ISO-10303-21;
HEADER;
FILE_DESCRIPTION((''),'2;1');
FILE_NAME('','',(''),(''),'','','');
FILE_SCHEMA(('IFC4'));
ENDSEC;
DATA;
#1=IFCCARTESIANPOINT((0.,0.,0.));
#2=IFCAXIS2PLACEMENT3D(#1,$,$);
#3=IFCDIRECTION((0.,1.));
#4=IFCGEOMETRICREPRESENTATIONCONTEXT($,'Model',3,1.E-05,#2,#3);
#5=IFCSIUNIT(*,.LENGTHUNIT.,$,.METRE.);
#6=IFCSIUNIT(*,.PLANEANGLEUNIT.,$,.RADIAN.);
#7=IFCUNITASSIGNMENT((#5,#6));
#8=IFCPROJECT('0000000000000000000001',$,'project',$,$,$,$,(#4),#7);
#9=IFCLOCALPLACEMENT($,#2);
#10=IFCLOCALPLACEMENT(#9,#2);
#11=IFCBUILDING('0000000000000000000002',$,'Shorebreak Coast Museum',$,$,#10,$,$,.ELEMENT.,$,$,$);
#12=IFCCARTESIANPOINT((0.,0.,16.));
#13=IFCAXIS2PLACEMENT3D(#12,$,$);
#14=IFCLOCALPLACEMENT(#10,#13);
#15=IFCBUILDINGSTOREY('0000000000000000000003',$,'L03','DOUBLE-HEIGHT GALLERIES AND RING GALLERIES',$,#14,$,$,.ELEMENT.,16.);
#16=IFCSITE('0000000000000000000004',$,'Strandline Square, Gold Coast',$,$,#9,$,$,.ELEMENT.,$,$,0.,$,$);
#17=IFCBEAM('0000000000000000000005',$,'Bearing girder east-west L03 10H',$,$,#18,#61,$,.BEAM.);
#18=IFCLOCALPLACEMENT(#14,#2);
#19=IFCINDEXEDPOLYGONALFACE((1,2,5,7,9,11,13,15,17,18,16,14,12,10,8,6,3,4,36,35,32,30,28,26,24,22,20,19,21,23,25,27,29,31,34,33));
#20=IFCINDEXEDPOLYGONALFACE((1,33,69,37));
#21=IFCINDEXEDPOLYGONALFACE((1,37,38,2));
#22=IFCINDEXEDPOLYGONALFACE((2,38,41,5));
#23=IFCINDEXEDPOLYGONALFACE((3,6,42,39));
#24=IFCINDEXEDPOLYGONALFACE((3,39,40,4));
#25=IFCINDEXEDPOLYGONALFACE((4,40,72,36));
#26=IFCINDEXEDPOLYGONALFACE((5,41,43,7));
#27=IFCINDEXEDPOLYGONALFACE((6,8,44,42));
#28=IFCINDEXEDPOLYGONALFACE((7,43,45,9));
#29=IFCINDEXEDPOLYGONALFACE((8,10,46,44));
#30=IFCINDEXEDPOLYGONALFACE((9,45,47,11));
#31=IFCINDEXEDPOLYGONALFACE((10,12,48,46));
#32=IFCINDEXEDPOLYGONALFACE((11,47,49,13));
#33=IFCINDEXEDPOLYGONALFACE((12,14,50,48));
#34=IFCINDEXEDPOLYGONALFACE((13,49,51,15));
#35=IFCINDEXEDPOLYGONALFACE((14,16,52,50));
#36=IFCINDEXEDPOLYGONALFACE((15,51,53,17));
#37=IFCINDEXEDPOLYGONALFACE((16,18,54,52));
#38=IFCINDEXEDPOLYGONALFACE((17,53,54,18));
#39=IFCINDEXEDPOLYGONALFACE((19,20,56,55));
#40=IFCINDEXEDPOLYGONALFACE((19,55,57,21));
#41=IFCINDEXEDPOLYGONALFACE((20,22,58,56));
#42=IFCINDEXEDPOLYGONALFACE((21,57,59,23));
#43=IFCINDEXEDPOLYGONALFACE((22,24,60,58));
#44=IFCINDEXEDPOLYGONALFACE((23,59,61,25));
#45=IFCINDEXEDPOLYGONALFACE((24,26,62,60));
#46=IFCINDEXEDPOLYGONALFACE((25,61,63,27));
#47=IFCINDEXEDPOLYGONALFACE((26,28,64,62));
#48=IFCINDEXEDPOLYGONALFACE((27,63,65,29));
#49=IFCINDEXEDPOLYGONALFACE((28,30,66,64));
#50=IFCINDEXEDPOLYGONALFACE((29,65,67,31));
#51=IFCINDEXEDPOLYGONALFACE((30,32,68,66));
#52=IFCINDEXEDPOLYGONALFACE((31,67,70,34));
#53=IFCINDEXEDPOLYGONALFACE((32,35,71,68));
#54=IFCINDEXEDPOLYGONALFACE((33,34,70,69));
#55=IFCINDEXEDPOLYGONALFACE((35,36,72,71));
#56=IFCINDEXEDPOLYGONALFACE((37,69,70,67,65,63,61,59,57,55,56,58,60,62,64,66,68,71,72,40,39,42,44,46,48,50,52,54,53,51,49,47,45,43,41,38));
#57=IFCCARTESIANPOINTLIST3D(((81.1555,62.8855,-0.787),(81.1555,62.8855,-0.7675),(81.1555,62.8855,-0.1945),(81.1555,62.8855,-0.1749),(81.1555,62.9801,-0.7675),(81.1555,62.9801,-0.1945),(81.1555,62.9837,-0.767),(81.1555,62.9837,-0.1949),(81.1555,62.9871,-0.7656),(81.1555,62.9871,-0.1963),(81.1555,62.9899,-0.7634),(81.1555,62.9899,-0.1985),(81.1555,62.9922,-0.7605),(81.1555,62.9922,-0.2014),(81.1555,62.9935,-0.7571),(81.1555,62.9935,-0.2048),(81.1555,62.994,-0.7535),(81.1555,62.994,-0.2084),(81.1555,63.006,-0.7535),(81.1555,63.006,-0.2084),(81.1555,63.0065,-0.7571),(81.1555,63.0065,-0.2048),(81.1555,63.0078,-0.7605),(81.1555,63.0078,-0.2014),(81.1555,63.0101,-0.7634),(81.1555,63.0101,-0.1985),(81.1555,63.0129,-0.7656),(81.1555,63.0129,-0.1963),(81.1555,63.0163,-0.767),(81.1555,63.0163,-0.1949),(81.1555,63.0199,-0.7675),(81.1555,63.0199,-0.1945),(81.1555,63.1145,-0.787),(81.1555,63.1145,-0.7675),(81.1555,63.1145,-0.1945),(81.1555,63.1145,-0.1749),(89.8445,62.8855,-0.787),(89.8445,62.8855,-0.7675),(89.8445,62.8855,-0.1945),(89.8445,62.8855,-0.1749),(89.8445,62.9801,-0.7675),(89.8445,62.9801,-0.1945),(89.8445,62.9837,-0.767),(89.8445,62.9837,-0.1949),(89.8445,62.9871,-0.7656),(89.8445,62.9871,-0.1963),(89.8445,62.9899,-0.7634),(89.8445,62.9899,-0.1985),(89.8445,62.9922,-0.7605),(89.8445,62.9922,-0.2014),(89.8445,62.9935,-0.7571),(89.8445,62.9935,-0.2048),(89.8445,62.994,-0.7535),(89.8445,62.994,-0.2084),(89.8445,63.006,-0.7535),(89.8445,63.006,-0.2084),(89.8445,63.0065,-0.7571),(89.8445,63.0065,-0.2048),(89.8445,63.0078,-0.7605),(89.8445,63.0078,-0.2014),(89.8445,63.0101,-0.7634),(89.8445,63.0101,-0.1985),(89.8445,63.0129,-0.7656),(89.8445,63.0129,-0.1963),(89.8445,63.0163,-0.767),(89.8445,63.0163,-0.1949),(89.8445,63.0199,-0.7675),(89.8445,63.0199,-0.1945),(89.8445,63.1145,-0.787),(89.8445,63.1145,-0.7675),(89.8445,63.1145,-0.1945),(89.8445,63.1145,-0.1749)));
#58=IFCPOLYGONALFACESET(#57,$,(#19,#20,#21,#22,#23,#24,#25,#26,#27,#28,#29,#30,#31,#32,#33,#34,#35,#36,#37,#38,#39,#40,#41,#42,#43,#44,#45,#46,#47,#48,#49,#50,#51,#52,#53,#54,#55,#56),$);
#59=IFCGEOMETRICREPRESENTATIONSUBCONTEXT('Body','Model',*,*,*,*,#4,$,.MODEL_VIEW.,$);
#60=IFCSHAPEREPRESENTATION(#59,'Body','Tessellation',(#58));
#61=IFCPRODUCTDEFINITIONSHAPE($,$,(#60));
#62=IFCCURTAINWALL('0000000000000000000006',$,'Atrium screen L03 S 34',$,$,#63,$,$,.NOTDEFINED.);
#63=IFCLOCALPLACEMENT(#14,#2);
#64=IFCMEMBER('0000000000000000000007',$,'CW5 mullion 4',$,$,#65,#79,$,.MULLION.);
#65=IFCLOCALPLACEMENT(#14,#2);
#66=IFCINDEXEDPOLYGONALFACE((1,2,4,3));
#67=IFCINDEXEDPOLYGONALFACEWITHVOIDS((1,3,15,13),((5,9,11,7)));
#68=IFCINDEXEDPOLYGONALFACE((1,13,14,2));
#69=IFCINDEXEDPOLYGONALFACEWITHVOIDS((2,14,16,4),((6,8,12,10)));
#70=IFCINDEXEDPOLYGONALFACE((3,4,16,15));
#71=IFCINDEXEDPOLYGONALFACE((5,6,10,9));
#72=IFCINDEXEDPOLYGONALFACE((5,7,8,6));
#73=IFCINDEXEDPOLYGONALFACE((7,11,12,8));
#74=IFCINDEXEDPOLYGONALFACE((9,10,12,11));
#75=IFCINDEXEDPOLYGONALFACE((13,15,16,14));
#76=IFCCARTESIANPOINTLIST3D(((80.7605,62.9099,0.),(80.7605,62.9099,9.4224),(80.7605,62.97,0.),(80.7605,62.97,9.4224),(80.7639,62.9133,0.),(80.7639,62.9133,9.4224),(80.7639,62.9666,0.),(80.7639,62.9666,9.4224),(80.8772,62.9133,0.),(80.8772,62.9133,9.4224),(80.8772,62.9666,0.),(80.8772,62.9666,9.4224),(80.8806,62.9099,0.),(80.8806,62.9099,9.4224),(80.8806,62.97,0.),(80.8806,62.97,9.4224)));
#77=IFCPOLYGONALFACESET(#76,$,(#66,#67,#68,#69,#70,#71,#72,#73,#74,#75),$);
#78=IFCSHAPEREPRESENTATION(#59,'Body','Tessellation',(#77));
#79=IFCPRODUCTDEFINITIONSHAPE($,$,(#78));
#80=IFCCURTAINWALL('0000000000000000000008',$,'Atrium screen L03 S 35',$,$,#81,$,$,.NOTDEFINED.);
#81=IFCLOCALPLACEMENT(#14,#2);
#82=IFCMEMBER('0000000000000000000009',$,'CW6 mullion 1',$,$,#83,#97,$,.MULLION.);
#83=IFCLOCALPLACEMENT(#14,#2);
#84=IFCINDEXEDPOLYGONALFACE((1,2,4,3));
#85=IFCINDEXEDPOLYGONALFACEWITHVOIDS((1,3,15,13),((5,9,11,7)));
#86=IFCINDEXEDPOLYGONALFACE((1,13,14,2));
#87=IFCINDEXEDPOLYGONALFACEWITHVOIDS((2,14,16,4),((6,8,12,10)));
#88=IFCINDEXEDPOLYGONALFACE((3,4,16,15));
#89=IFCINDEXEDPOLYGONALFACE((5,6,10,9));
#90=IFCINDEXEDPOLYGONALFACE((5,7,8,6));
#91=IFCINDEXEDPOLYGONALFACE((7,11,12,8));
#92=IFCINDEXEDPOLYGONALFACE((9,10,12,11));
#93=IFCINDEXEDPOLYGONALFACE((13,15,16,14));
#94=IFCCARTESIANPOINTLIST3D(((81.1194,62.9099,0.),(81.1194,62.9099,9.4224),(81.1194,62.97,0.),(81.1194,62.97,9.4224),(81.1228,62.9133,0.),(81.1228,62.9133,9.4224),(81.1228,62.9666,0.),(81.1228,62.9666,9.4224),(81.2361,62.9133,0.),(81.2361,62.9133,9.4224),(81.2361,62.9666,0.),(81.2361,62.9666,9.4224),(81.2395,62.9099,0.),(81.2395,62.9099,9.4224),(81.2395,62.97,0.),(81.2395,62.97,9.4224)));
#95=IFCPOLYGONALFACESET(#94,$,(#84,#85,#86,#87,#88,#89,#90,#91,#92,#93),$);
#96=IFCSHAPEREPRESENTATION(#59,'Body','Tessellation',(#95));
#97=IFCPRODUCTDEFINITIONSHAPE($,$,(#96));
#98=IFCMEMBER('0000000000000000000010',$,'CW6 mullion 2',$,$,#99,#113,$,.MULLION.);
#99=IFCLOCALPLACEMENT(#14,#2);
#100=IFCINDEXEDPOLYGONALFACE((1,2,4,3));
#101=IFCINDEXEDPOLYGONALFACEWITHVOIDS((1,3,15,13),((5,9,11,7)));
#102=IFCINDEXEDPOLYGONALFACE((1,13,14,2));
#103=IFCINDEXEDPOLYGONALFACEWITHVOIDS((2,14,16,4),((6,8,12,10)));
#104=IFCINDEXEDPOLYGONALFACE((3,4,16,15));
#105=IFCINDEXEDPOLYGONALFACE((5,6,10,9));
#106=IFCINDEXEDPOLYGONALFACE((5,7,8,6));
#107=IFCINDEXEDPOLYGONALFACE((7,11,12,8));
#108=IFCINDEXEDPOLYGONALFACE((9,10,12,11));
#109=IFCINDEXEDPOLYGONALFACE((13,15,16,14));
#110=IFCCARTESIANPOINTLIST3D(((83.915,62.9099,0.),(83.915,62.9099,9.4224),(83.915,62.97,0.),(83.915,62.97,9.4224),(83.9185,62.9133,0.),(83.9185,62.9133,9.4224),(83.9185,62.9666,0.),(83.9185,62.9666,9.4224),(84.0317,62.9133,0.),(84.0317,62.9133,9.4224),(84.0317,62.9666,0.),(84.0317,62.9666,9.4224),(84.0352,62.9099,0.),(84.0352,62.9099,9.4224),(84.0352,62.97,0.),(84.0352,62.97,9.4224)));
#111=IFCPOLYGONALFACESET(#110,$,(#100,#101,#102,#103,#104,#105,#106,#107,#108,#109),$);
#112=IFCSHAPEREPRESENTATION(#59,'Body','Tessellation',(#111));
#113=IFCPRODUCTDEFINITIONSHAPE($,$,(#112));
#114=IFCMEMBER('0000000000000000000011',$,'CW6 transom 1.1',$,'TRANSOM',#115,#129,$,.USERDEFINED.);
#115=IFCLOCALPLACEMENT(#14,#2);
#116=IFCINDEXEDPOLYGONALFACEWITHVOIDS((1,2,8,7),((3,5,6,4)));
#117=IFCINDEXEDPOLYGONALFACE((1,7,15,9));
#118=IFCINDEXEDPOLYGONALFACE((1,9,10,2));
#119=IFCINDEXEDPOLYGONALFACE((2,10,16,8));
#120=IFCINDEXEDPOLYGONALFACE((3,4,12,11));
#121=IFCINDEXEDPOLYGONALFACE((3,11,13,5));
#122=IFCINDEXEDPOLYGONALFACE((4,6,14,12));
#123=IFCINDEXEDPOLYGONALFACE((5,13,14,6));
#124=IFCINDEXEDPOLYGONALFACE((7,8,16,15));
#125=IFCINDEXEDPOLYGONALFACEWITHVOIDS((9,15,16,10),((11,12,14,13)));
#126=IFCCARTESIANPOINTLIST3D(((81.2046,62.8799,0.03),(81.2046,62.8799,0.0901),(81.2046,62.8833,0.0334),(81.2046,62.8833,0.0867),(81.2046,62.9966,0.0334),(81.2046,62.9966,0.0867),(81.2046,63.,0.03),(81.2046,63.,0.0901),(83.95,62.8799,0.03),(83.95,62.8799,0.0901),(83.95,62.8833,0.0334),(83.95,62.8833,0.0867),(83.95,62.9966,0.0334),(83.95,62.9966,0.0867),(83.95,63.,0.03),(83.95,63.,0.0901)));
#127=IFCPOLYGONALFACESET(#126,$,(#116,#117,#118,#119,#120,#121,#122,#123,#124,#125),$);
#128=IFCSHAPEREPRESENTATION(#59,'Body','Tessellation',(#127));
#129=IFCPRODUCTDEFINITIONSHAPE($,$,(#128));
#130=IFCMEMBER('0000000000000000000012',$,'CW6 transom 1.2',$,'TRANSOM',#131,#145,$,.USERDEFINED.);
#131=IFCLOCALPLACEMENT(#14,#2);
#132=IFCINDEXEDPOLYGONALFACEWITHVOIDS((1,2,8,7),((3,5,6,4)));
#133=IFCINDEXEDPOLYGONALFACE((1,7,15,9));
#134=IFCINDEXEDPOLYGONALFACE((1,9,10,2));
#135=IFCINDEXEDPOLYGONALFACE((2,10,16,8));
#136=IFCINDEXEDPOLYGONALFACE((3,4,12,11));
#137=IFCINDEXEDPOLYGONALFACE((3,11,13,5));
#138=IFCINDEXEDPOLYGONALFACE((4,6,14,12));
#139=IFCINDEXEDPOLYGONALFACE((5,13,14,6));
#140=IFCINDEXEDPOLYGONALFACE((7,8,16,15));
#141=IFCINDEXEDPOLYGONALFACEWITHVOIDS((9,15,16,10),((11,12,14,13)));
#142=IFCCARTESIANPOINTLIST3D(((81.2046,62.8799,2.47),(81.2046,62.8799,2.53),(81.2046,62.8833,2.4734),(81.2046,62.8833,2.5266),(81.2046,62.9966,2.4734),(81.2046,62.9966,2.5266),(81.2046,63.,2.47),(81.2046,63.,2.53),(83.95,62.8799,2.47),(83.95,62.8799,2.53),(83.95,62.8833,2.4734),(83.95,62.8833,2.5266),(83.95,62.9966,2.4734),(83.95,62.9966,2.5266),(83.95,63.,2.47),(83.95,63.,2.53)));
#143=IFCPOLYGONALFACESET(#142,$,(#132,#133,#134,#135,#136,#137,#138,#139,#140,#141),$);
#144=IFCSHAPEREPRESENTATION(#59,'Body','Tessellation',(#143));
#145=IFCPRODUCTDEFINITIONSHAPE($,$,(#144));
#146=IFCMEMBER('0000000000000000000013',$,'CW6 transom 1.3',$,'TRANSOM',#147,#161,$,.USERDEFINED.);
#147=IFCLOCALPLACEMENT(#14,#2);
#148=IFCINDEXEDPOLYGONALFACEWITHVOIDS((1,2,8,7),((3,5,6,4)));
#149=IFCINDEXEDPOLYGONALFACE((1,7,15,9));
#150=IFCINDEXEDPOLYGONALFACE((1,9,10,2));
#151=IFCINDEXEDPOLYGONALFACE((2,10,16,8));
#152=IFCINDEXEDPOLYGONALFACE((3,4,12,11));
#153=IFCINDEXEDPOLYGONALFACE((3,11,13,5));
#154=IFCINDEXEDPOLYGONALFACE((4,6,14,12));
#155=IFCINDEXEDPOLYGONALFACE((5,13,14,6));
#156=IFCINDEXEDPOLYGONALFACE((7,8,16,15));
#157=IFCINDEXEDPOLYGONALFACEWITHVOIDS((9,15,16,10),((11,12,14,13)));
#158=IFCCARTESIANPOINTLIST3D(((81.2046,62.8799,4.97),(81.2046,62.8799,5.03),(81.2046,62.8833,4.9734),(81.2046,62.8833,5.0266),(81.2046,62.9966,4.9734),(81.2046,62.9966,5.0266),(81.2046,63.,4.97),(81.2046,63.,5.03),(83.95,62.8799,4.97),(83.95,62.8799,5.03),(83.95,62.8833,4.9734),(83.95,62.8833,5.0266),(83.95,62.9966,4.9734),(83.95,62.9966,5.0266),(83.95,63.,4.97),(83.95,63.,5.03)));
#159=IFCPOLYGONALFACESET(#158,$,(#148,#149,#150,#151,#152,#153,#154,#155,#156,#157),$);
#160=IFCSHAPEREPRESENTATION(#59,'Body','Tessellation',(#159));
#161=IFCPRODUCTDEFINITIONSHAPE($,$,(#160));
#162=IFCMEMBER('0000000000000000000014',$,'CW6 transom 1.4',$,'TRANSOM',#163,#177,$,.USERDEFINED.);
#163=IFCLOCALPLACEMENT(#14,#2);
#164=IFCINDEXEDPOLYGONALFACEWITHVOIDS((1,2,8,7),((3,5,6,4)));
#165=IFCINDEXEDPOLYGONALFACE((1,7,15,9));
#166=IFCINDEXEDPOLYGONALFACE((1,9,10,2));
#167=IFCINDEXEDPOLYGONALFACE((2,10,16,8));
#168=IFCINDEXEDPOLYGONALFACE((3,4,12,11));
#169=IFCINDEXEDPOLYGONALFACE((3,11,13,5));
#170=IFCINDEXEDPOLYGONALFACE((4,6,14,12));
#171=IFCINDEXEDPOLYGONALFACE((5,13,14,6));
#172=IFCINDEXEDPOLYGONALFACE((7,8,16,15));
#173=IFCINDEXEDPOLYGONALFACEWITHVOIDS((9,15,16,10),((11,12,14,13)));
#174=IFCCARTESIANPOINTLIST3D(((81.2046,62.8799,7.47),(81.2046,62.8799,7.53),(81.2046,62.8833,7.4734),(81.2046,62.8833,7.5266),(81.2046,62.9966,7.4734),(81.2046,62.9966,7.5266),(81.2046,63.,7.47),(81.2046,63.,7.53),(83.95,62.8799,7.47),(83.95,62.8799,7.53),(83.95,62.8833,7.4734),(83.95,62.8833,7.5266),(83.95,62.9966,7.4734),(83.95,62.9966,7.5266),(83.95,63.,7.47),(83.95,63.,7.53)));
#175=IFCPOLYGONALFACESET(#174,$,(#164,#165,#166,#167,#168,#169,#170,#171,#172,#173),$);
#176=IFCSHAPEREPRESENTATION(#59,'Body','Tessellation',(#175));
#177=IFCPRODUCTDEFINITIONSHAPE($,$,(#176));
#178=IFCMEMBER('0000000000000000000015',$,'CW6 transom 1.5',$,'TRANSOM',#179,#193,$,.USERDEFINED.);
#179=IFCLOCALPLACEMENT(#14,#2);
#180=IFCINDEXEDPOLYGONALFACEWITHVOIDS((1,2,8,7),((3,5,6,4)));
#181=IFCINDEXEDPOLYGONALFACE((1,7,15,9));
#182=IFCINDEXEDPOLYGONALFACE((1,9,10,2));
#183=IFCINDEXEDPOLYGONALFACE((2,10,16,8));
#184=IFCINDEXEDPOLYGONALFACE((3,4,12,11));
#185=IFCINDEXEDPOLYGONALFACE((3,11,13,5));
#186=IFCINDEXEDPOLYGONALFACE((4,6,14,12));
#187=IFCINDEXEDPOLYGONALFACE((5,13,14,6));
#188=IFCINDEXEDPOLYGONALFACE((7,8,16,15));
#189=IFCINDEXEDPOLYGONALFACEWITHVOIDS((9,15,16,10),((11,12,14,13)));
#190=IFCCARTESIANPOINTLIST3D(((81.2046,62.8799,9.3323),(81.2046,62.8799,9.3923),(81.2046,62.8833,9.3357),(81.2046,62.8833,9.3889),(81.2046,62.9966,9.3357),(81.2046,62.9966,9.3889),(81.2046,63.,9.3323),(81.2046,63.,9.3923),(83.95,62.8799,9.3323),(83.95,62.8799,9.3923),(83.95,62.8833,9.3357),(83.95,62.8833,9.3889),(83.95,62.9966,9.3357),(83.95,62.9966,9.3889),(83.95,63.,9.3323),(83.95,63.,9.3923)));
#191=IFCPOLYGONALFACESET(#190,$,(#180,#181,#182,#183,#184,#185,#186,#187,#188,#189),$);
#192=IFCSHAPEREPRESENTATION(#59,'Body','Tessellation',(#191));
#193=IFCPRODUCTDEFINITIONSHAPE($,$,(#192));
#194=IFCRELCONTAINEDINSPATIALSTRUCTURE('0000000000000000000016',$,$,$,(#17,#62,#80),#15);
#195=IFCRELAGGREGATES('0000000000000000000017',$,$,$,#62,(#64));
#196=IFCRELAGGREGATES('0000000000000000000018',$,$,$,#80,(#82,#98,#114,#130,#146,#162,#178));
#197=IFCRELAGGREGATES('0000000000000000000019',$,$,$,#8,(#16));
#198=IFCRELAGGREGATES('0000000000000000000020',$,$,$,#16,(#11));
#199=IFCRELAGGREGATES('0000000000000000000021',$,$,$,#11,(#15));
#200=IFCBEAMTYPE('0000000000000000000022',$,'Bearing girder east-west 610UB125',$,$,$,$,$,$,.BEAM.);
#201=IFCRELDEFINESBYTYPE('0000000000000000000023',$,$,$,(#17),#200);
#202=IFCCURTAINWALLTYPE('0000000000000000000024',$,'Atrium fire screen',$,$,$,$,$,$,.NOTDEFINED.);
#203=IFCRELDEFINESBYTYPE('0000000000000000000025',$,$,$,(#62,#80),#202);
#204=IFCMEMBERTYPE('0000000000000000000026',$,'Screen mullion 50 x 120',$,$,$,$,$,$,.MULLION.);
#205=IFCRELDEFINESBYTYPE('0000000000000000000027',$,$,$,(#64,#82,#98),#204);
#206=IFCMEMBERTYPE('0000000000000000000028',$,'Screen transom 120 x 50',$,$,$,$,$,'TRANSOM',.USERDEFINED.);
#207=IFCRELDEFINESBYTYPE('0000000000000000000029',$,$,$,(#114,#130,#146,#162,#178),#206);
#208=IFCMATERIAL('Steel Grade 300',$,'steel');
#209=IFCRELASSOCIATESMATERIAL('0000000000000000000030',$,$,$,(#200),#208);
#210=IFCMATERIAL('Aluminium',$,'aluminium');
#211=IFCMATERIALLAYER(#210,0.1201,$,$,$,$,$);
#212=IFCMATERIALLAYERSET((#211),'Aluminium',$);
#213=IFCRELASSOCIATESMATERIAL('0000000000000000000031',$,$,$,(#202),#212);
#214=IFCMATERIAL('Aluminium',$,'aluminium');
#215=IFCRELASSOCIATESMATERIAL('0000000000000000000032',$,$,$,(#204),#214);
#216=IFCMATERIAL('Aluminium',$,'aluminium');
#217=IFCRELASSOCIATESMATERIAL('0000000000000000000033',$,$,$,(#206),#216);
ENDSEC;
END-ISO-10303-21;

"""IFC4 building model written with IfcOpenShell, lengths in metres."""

from ifc_helpers import new_model, si_unit, direction, frame, origin, origin_2d, place, context, subcontext, project, spatial, hollow_rectangle, i_section, extrude, material, layer, layer_set, material_profile, profile_set, type_object, element, aggregate, save


model = new_model("IFC4")

# Units and contexts
model_context = context("Model", 3, precision=1e-05, world=origin(), true_north=direction((0.0, 1.0)))
body_context = subcontext(model_context, "Body", "Model", "MODEL_VIEW")
ifc_project = project(units=[si_unit("LENGTHUNIT", "METRE"), si_unit("PLANEANGLEUNIT", "RADIAN")], contexts=[model_context])

# Site, building, storey
site_placement = place(None, origin())
site = spatial("IfcSite", under=ifc_project, at=site_placement, Name="Strandline Square, Gold Coast", CompositionType="ELEMENT", RefElevation=0.0)
building_placement = place(site_placement, origin())
building = spatial("IfcBuilding", under=site, at=building_placement, Name="Shorebreak Coast Museum", CompositionType="ELEMENT")
storey_placement = place(building_placement, frame((0.0, 0.0, 16.0)))
storey = spatial("IfcBuildingStorey", under=building, at=storey_placement, Name="L03", Description="DOUBLE-HEIGHT GALLERIES AND RING GALLERIES", CompositionType="ELEMENT", Elevation=16.0)

# Beam
ifc_material_1 = material(Name="Steel Grade 300", Category="steel")
ifc_material_profile_1 = material_profile(ifc_material_1, i_section(OverallWidth=0.229, OverallDepth=0.6121, WebThickness=0.012, FlangeThickness=0.0195, FilletRadius=0.0139, at=origin_2d()), Name="610UB125")
ifc_profile_set_1 = profile_set([ifc_material_profile_1], Name="Steel Grade 300")
beam_type_1 = type_object("IfcBeamType", Name="Bearing girder east-west 610UB125", PredefinedType="BEAM", material=ifc_profile_set_1)
beam_placement = place(storey_placement, frame((81.1555, 63.0, -0.481), z_axis=(1.0, 0.0, 0.0), x_axis=(0.0, 1.0, 0.0)))
element("IfcBeam", 1, at=beam_placement, inside=storey, type_object=beam_type_1, Name="Bearing girder east-west L03 10H", PredefinedType="BEAM", context=body_context, shape_type="SweptSolid", body=[
    extrude(i_section(OverallWidth=0.229, OverallDepth=0.6121, WebThickness=0.012, FlangeThickness=0.0195, FilletRadius=0.0139, at=origin_2d()), origin(), (0.0, 0.0, 1.0), 8.689),
])

# Curtain wall, member
ifc_material_2 = material(Name="Aluminium", Category="aluminium")
ifc_layer_1 = layer(ifc_material_2, 0.1201)
ifc_layer_set_1 = layer_set([ifc_layer_1], Name="Aluminium")
curtain_wall_type = type_object("IfcCurtainWallType", Name="Atrium fire screen", PredefinedType="NOTDEFINED", material=ifc_layer_set_1)
curtain_wall_1_placement = place(storey_placement, origin())
curtain_wall_1 = element("IfcCurtainWall", 2, at=curtain_wall_1_placement, inside=storey, type_object=curtain_wall_type, Name="Atrium screen L03 S 34", PredefinedType="NOTDEFINED")
ifc_material_3 = material(Name="Aluminium", Category="aluminium")
ifc_material_profile_2 = material_profile(ifc_material_3, hollow_rectangle(XDim=0.0601, YDim=0.1201, WallThickness=0.0034, at=origin_2d()), Name="AL 120x60 RHS")
ifc_profile_set_2 = profile_set([ifc_material_profile_2], Name="Aluminium")
member_type_1 = type_object("IfcMemberType", Name="Screen mullion 50 x 120", PredefinedType="MULLION", material=ifc_profile_set_2)
member_1_placement = place(storey_placement, frame((80.8206, 62.9399, 0.0), z_axis=(0.0, 0.0, 1.0), x_axis=(0.0, 1.0, 0.0)))
member_1 = element("IfcMember", 3, at=member_1_placement, type_object=member_type_1, Name="CW5 mullion 4", PredefinedType="MULLION", context=body_context, shape_type="SweptSolid", body=[
    extrude(hollow_rectangle(XDim=0.0601, YDim=0.1201, WallThickness=0.0034, at=origin_2d()), origin(), (0.0, 0.0, 1.0), 9.4224),
])

# Curtain wall, members
curtain_wall_2_placement = place(storey_placement, origin())
curtain_wall_2 = element("IfcCurtainWall", 4, at=curtain_wall_2_placement, inside=storey, type_object=curtain_wall_type, Name="Atrium screen L03 S 35", PredefinedType="NOTDEFINED")
member_2_placement = place(storey_placement, frame((81.1794, 62.9399, 0.0), z_axis=(0.0, 0.0, 1.0), x_axis=(0.0, 1.0, 0.0)))
member_2 = element("IfcMember", 5, at=member_2_placement, type_object=member_type_1, Name="CW6 mullion 1", PredefinedType="MULLION", context=body_context, shape_type="SweptSolid", body=[
    extrude(hollow_rectangle(XDim=0.0601, YDim=0.1201, WallThickness=0.0034, at=origin_2d()), origin(), (0.0, 0.0, 1.0), 9.4224),
])
member_3_placement = place(storey_placement, frame((83.9751, 62.9399, 0.0), z_axis=(0.0, 0.0, 1.0), x_axis=(0.0, 1.0, 0.0)))
member_3 = element("IfcMember", 6, at=member_3_placement, type_object=member_type_1, Name="CW6 mullion 2", PredefinedType="MULLION", context=body_context, shape_type="SweptSolid", body=[
    extrude(hollow_rectangle(XDim=0.0601, YDim=0.1201, WallThickness=0.0034, at=origin_2d()), origin(), (0.0, 0.0, 1.0), 9.4224),
])
ifc_material_4 = material(Name="Aluminium", Category="aluminium")
ifc_material_profile_3 = material_profile(ifc_material_4, hollow_rectangle(XDim=0.1201, YDim=0.0601, WallThickness=0.0034, at=origin_2d()), Name="AL 60x120 RHS")
ifc_profile_set_3 = profile_set([ifc_material_profile_3], Name="Aluminium")
member_type_2 = type_object("IfcMemberType", Name="Screen transom 120 x 50", ElementType="TRANSOM", PredefinedType="USERDEFINED", material=ifc_profile_set_3)
member_4_placement = place(storey_placement, frame((81.2046, 62.9399, 0.0601), z_axis=(1.0, 0.0, 0.0), x_axis=(0.0, 1.0, 0.0)))
member_4 = element("IfcMember", 7, at=member_4_placement, type_object=member_type_2, Name="CW6 transom 1.1", ObjectType="TRANSOM", PredefinedType="USERDEFINED", context=body_context, shape_type="SweptSolid", body=[
    extrude(hollow_rectangle(XDim=0.1201, YDim=0.0601, WallThickness=0.0034, at=origin_2d()), origin(), (0.0, 0.0, 1.0), 2.7454),
])
member_5_placement = place(storey_placement, frame((81.2046, 62.9399, 2.5), z_axis=(1.0, 0.0, 0.0), x_axis=(0.0, 1.0, 0.0)))
member_5 = element("IfcMember", 8, at=member_5_placement, type_object=member_type_2, Name="CW6 transom 1.2", ObjectType="TRANSOM", PredefinedType="USERDEFINED", context=body_context, shape_type="SweptSolid", body=[
    extrude(hollow_rectangle(XDim=0.1201, YDim=0.0601, WallThickness=0.0034, at=origin_2d()), origin(), (0.0, 0.0, 1.0), 2.7454),
])
member_6_placement = place(storey_placement, frame((81.2046, 62.9399, 5.0), z_axis=(1.0, 0.0, 0.0), x_axis=(0.0, 1.0, 0.0)))
member_6 = element("IfcMember", 9, at=member_6_placement, type_object=member_type_2, Name="CW6 transom 1.3", ObjectType="TRANSOM", PredefinedType="USERDEFINED", context=body_context, shape_type="SweptSolid", body=[
    extrude(hollow_rectangle(XDim=0.1201, YDim=0.0601, WallThickness=0.0034, at=origin_2d()), origin(), (0.0, 0.0, 1.0), 2.7454),
])
member_7_placement = place(storey_placement, frame((81.2046, 62.9399, 7.5), z_axis=(1.0, 0.0, 0.0), x_axis=(0.0, 1.0, 0.0)))
member_7 = element("IfcMember", 10, at=member_7_placement, type_object=member_type_2, Name="CW6 transom 1.4", ObjectType="TRANSOM", PredefinedType="USERDEFINED", context=body_context, shape_type="SweptSolid", body=[
    extrude(hollow_rectangle(XDim=0.1201, YDim=0.0601, WallThickness=0.0034, at=origin_2d()), origin(), (0.0, 0.0, 1.0), 2.7454),
])
member_8_placement = place(storey_placement, frame((81.2046, 62.9399, 9.3623), z_axis=(1.0, 0.0, 0.0), x_axis=(0.0, 1.0, 0.0)))
member_8 = element("IfcMember", 11, at=member_8_placement, type_object=member_type_2, Name="CW6 transom 1.5", ObjectType="TRANSOM", PredefinedType="USERDEFINED", context=body_context, shape_type="SweptSolid", body=[
    extrude(hollow_rectangle(XDim=0.1201, YDim=0.0601, WallThickness=0.0034, at=origin_2d()), origin(), (0.0, 0.0, 1.0), 2.7454),
])

aggregate(curtain_wall_1, [member_1])
aggregate(curtain_wall_2, [member_2, member_3, member_4, member_5, member_6, member_7, member_8])

save(model, "model.ifc")
